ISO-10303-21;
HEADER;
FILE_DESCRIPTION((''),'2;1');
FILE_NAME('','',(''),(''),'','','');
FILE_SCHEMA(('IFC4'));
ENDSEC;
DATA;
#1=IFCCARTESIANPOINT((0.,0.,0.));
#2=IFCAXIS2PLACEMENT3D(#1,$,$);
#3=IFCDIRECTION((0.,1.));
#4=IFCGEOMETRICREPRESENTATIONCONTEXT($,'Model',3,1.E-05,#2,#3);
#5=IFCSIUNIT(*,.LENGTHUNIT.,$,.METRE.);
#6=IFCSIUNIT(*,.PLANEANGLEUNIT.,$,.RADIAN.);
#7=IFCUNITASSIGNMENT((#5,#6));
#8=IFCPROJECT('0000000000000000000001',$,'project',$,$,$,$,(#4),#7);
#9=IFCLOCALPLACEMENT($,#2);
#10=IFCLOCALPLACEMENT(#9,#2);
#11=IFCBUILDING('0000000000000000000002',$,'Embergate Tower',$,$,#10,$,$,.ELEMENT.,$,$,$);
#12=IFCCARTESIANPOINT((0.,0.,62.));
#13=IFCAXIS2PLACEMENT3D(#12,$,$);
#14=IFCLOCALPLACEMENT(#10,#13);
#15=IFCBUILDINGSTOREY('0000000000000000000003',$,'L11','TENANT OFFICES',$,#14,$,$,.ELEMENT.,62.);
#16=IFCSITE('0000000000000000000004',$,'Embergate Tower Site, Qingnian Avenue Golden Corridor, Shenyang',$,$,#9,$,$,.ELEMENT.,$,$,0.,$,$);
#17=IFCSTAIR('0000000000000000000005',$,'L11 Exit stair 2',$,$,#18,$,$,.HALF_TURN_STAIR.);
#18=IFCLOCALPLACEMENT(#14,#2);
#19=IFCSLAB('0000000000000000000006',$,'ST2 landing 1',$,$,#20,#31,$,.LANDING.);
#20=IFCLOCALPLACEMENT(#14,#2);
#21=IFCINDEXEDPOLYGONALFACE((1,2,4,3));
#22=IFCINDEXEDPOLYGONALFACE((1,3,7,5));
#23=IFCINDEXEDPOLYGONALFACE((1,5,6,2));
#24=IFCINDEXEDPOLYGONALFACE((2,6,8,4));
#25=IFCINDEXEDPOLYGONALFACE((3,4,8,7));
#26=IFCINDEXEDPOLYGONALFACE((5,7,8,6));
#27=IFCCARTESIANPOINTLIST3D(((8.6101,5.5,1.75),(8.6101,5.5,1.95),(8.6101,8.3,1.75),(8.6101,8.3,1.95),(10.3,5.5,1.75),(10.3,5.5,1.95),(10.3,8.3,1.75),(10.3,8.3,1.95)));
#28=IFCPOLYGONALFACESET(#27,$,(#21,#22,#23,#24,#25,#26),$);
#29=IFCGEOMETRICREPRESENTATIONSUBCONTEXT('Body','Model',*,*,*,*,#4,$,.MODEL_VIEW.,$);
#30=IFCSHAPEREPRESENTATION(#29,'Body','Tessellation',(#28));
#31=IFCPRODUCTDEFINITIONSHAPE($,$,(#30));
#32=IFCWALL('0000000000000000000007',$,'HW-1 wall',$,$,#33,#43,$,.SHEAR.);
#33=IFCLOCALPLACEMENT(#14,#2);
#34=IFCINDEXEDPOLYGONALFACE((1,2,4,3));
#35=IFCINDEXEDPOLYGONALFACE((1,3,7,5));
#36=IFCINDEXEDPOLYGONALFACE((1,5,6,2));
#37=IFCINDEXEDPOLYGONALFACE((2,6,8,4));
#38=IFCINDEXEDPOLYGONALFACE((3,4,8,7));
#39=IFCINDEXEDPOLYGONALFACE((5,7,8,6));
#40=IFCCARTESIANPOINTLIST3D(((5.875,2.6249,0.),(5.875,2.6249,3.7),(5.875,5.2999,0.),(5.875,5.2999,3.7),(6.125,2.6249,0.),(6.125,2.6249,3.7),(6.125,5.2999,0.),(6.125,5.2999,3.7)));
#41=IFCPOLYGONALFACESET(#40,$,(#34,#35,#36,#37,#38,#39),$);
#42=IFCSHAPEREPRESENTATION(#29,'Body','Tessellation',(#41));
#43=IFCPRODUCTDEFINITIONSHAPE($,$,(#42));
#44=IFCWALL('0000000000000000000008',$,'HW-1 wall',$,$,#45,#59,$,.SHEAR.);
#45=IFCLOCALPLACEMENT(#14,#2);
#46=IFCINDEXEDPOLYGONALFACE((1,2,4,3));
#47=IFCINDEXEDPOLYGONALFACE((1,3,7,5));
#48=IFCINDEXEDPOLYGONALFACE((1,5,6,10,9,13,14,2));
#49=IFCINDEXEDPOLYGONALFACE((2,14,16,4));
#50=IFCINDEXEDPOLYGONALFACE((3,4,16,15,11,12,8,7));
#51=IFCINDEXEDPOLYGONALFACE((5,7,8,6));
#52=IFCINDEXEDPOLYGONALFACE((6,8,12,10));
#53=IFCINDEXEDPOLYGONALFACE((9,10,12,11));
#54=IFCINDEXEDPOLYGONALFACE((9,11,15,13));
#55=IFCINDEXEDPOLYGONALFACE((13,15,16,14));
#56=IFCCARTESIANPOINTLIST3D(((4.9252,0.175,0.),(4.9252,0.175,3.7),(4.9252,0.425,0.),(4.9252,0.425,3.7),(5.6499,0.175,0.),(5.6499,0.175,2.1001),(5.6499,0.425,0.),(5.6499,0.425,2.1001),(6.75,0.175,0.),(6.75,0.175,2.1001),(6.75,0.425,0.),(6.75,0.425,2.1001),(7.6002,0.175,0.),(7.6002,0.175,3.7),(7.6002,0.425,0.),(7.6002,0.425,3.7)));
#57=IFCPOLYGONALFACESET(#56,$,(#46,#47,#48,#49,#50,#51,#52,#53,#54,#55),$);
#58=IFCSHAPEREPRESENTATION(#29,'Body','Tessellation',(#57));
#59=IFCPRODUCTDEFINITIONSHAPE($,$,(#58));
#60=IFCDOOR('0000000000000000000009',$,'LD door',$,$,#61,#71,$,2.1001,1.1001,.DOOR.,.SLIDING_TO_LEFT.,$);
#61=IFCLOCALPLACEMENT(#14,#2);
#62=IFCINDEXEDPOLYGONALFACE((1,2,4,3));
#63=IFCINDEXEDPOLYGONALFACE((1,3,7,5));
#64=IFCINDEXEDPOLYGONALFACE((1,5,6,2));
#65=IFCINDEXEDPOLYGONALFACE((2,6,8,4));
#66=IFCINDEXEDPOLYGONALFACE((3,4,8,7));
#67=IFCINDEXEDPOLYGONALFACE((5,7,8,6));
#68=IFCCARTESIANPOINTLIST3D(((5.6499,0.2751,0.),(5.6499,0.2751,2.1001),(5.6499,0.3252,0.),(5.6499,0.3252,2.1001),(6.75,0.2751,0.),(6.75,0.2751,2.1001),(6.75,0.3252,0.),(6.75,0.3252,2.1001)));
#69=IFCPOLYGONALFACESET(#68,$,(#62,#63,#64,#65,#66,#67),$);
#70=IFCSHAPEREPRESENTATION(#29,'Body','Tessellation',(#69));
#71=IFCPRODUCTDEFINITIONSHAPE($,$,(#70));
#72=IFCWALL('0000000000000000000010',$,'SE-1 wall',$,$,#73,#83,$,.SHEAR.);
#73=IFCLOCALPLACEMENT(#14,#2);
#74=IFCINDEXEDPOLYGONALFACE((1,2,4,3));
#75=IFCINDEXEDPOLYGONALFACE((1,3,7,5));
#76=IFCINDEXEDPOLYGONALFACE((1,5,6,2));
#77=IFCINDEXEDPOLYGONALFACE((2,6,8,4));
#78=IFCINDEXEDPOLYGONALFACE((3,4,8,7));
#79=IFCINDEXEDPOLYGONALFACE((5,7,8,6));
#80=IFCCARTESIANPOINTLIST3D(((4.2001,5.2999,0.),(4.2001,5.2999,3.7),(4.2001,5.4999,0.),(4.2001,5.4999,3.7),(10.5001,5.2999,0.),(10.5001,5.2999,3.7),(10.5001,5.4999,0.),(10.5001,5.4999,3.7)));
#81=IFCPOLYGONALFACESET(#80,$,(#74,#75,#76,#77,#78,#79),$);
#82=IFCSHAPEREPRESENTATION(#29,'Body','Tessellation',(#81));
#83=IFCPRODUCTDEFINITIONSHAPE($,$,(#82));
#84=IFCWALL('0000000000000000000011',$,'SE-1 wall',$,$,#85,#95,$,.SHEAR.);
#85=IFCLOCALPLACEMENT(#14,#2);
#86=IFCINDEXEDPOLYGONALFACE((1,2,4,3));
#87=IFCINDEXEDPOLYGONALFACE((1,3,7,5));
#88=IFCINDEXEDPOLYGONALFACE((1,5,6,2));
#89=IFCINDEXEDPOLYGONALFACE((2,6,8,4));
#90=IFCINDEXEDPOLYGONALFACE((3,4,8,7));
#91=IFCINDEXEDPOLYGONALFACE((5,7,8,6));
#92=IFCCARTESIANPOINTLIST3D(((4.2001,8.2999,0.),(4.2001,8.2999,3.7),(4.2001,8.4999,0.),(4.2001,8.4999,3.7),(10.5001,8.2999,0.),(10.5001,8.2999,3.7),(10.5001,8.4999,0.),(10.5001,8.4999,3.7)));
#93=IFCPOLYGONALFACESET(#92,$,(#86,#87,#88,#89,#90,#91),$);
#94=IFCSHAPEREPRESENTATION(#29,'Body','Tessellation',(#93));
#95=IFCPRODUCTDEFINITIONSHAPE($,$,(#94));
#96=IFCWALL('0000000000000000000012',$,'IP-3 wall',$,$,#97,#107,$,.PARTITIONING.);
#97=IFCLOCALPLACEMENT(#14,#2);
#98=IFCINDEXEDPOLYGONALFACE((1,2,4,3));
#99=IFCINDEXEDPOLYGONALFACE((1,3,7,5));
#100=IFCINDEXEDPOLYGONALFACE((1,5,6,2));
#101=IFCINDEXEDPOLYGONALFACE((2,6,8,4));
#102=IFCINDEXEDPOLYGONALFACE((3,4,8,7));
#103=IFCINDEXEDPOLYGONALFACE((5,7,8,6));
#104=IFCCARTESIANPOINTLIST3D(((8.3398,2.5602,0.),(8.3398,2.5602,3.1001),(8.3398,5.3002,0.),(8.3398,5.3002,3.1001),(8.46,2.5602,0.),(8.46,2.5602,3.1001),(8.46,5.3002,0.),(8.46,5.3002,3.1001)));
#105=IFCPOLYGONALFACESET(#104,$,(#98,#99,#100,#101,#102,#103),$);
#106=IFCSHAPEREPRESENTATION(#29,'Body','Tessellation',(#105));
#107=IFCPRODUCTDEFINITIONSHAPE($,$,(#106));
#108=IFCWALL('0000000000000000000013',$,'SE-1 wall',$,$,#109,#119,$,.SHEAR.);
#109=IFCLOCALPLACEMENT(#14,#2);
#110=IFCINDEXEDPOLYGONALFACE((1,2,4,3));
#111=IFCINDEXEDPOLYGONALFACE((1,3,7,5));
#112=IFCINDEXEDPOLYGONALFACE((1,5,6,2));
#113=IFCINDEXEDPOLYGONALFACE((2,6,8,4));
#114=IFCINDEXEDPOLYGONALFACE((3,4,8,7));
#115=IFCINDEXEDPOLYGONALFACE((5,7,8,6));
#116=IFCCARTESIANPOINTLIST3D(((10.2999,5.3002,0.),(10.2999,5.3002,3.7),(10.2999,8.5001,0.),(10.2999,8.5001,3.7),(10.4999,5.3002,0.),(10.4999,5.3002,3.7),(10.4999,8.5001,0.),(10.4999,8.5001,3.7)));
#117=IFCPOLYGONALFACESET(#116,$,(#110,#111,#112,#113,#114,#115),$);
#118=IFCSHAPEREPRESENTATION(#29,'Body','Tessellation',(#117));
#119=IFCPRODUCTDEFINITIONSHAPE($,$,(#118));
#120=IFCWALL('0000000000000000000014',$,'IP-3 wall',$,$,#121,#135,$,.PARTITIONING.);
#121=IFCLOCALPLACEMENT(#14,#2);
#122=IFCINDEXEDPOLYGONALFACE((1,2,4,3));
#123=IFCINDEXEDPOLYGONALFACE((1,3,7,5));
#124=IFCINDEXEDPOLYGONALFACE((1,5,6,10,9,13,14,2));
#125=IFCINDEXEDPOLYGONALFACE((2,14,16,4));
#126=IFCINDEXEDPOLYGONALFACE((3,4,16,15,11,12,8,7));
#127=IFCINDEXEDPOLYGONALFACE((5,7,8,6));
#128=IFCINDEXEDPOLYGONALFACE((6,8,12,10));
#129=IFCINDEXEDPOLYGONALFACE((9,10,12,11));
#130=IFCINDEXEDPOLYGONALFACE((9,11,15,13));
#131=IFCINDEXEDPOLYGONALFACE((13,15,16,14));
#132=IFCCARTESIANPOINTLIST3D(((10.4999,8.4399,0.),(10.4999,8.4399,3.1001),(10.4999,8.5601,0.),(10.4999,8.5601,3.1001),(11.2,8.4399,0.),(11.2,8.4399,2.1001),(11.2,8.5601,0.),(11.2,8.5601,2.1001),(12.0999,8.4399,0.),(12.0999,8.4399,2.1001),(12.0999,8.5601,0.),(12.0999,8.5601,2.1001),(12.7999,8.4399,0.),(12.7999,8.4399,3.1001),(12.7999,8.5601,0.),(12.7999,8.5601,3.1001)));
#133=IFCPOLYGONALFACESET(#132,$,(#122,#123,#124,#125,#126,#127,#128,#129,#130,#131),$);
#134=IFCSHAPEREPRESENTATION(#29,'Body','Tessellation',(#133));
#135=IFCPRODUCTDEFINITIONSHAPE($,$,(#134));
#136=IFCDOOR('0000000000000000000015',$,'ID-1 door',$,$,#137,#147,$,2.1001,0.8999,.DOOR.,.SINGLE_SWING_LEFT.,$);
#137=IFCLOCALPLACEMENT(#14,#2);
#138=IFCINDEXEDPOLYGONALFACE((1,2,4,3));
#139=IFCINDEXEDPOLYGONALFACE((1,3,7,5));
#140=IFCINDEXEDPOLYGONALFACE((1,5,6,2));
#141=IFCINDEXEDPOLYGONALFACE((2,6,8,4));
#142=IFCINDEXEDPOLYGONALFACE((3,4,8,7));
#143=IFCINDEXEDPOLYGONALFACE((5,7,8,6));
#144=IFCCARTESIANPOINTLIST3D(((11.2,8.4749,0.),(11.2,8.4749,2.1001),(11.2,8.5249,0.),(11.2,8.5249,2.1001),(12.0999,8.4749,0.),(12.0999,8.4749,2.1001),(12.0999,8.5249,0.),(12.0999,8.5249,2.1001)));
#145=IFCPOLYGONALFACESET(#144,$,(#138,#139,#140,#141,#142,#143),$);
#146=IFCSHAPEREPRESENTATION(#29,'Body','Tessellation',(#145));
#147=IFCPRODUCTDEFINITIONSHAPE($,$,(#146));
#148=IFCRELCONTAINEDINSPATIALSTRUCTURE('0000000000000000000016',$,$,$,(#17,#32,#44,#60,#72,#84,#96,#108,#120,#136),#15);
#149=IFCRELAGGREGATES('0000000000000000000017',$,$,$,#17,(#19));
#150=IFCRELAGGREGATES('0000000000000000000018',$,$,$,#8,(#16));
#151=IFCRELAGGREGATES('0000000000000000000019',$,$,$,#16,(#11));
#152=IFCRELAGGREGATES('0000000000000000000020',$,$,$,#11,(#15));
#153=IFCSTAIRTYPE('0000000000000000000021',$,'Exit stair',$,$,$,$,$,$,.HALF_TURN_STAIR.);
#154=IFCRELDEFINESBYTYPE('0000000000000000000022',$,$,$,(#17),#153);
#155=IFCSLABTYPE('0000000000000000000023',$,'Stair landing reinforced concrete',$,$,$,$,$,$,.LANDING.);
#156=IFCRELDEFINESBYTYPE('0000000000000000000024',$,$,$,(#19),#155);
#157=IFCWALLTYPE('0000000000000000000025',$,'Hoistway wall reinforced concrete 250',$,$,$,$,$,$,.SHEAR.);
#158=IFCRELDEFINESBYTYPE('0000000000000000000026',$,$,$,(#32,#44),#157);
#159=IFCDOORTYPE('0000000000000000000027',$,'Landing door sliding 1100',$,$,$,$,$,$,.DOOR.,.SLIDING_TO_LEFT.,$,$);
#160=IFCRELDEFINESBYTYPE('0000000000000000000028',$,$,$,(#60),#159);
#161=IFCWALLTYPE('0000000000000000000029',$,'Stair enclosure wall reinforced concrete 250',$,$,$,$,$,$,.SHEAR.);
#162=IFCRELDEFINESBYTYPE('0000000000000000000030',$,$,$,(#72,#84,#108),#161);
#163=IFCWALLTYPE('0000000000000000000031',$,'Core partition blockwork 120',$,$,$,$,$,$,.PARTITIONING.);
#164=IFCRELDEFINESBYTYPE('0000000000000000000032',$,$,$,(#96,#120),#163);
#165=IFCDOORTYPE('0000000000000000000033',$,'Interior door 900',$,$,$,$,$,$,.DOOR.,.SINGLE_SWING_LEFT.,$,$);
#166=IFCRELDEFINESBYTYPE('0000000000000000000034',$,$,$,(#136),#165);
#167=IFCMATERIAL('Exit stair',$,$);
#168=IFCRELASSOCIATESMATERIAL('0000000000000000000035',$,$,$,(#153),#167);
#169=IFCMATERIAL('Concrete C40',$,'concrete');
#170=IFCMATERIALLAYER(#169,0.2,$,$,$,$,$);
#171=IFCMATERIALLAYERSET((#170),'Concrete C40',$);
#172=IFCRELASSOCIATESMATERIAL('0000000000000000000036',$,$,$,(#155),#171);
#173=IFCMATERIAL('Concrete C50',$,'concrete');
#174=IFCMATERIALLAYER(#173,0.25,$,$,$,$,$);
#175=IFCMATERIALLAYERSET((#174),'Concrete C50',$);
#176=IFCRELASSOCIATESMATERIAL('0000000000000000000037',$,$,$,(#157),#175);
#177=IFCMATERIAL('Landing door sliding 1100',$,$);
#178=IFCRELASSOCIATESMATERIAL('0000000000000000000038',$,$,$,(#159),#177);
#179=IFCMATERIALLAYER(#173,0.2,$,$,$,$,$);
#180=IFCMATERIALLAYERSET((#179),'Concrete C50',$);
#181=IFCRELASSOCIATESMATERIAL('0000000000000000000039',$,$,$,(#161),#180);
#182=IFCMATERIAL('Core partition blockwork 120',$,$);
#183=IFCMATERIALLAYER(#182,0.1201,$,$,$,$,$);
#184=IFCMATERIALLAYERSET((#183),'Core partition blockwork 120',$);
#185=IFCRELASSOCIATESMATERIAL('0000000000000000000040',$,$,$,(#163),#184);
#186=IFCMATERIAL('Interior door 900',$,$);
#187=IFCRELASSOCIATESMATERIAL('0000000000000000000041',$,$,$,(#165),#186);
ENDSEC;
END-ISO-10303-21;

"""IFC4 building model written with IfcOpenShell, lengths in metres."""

from ifc_helpers import new_model, si_unit, direction, frame, frame_2d, origin, place, context, subcontext, project, spatial, polyline, rectangle, outline, extrude, source, transform, mapped, material, layer, layer_set, type_object, element, fill, aggregate, save


model = new_model("IFC4")

# Units and contexts
model_context = context("Model", 3, precision=1e-05, world=origin(), true_north=direction((0.0, 1.0)))
body_context = subcontext(model_context, "Body", "Model", "MODEL_VIEW")
ifc_project = project(units=[si_unit("LENGTHUNIT", "METRE"), si_unit("PLANEANGLEUNIT", "RADIAN")], contexts=[model_context])

# Site, building, storey
site_placement = place(None, origin())
site = spatial("IfcSite", under=ifc_project, at=site_placement, Name="Embergate Tower Site, Qingnian Avenue Golden Corridor, Shenyang", CompositionType="ELEMENT", RefElevation=0.0)
building_placement = place(site_placement, origin())
building = spatial("IfcBuilding", under=site, at=building_placement, Name="Embergate Tower", CompositionType="ELEMENT")
storey_placement = place(building_placement, frame((0.0, 0.0, 62.0)))
storey = spatial("IfcBuildingStorey", under=building, at=storey_placement, Name="L11", Description="TENANT OFFICES", CompositionType="ELEMENT", Elevation=62.0)

# Stair, slab
ifc_material_1 = material(Name="Exit stair")
stair_type = type_object("IfcStairType", Name="Exit stair", PredefinedType="HALF_TURN_STAIR", material=ifc_material_1)
stair_placement = place(storey_placement, origin())
stair = element("IfcStair", 1, at=stair_placement, inside=storey, type_object=stair_type, Name="L11 Exit stair 2", PredefinedType="HALF_TURN_STAIR")
ifc_material_2 = material(Name="Concrete C40", Category="concrete")
ifc_layer_1 = layer(ifc_material_2, 0.2)
ifc_layer_set_1 = layer_set([ifc_layer_1], Name="Concrete C40")
slab_type = type_object("IfcSlabType", Name="Stair landing reinforced concrete", PredefinedType="LANDING", material=ifc_layer_set_1)
shared_shape_1 = source(origin(), body_context, "Body", "SweptSolid", [
    extrude(outline(polyline([(0.0, 0.0), (1.6899, 0.0), (1.6899, 2.8), (0.0, 2.8), (0.0, 0.0)])), origin(), (0.0, 0.0, 1.0), 0.2),
])
slab_placement = place(storey_placement, frame((8.6101, 5.5, 1.75)))
slab = element("IfcSlab", 2, at=slab_placement, type_object=slab_type, Name="ST2 landing 1", PredefinedType="LANDING", context=body_context, shape_type="MappedRepresentation", body=[
    mapped(shared_shape_1, transform((0.0, 0.0, 0.0))),
])

# Wall
ifc_material_3 = material(Name="Concrete C50", Category="concrete")
ifc_layer_2 = layer(ifc_material_3, 0.25)
ifc_layer_set_2 = layer_set([ifc_layer_2], Name="Concrete C50")
wall_type_1 = type_object("IfcWallType", Name="Hoistway wall reinforced concrete 250", PredefinedType="SHEAR", material=ifc_layer_set_2)
shared_shape_2 = source(origin(), body_context, "Body", "SweptSolid", [
    extrude(rectangle(XDim=2.675, YDim=0.25, at=frame_2d((1.3374, 0.0))), origin(), (0.0, 0.0, 1.0), 3.7),
])
wall_1_placement = place(storey_placement, frame((6.0, 2.625, 0.0), z_axis=(0.0, 0.0, 1.0), x_axis=(0.0, 1.0, 0.0)))
element("IfcWall", 3, at=wall_1_placement, inside=storey, type_object=wall_type_1, Name="HW-1 wall", PredefinedType="SHEAR", context=body_context, shape_type="MappedRepresentation", body=[
    mapped(shared_shape_2, transform((0.0, 0.0, 0.0))),
])

# Wall, opening, door
wall_2_placement = place(storey_placement, frame((7.6001, 0.3, 0.0), z_axis=(0.0, 0.0, 1.0), x_axis=(-1.0, 0.0, 0.0)))
wall_2 = element("IfcWall", 4, at=wall_2_placement, inside=storey, type_object=wall_type_1, Name="HW-1 wall", PredefinedType="SHEAR", context=body_context, shape_type="MappedRepresentation", body=[
    mapped(shared_shape_2, transform((0.0, 0.0, 0.0))),
])
shared_shape_3 = source(origin(), body_context, "Body", "SweptSolid", [
    extrude(rectangle(XDim=1.1001, YDim=2.1001, at=frame_2d((0.55, 1.05))), frame((0.0, 0.135, 0.0), z_axis=(0.0, -1.0, 0.0), x_axis=(1.0, 0.0, 0.0)), (0.0, 0.0, 1.0), 0.27),
])
opening_1_placement = place(wall_2_placement, frame((0.8501, 0.0, 0.0)))
opening_1 = element("IfcOpeningElement", 5, at=opening_1_placement, cuts=wall_2, PredefinedType="OPENING", context=body_context, shape_type="MappedRepresentation", body=[
    mapped(shared_shape_3, transform((0.0, 0.0, 0.0))),
])
ifc_material_4 = material(Name="Landing door sliding 1100")
door_type_1 = type_object("IfcDoorType", Name="Landing door sliding 1100", OperationType="SLIDING_TO_LEFT", PredefinedType="DOOR", material=ifc_material_4)
shared_shape_4 = source(origin(), body_context, "Body", "SweptSolid", [
    extrude(rectangle(XDim=1.1001, YDim=2.1001, at=frame_2d((0.55, 1.05))), frame((0.0, 0.0249, 0.0), z_axis=(0.0, -1.0, 0.0), x_axis=(1.0, 0.0, 0.0)), (0.0, 0.0, 1.0), 0.05),
])
door_1_placement = place(opening_1_placement, origin())
door_1 = element("IfcDoor", 6, at=door_1_placement, inside=storey, type_object=door_type_1, Name="LD door", OperationType="SLIDING_TO_LEFT", OverallHeight=2.1001, OverallWidth=1.1001, PredefinedType="DOOR", context=body_context, shape_type="MappedRepresentation", body=[
    mapped(shared_shape_4, transform((0.0, 0.0, 0.0))),
])
fill(opening_1, door_1)

# Walls
ifc_layer_3 = layer(ifc_material_3, 0.2)
ifc_layer_set_3 = layer_set([ifc_layer_3], Name="Concrete C50")
wall_type_2 = type_object("IfcWallType", Name="Stair enclosure wall reinforced concrete 250", PredefinedType="SHEAR", material=ifc_layer_set_3)
shared_shape_5 = source(origin(), body_context, "Body", "SweptSolid", [
    extrude(rectangle(XDim=6.3, YDim=0.2, at=frame_2d((3.1499, 0.0))), origin(), (0.0, 0.0, 1.0), 3.7),
])
for number, where, z_axis, x_axis, name in (
    (7, (10.5, 5.3999, 0.0), (0.0, 0.0, 1.0), (-1.0, 0.0, 0.0), "SE-1 wall"),
    (8, (10.5, 8.3999, 0.0), (0.0, 0.0, 1.0), (-1.0, 0.0, 0.0), "SE-1 wall"),
):
    element("IfcWall", number, at=place(storey_placement, frame(where, z_axis=z_axis, x_axis=x_axis)), inside=storey, type_object=wall_type_2, Name=name, PredefinedType="SHEAR", context=body_context, shape_type="MappedRepresentation", body=[
        mapped(shared_shape_5, transform((0.0, 0.0, 0.0))),
    ])
ifc_material_5 = material(Name="Core partition blockwork 120")
ifc_layer_4 = layer(ifc_material_5, 0.1201)
ifc_layer_set_4 = layer_set([ifc_layer_4], Name="Core partition blockwork 120")
wall_type_3 = type_object("IfcWallType", Name="Core partition blockwork 120", PredefinedType="PARTITIONING", material=ifc_layer_set_4)
shared_shape_6 = source(origin(), body_context, "Body", "SweptSolid", [
    extrude(rectangle(XDim=2.74, YDim=0.1201, at=frame_2d((1.3701, 0.0))), origin(), (0.0, 0.0, 1.0), 3.1001),
])
wall_3_placement = place(storey_placement, frame((8.3999, 2.5601, 0.0), z_axis=(0.0, 0.0, 1.0), x_axis=(0.0, 1.0, 0.0)))
element("IfcWall", 9, at=wall_3_placement, inside=storey, type_object=wall_type_3, Name="IP-3 wall", PredefinedType="PARTITIONING", context=body_context, shape_type="MappedRepresentation", body=[
    mapped(shared_shape_6, transform((0.0, 0.0, 0.0))),
])
shared_shape_7 = source(origin(), body_context, "Body", "SweptSolid", [
    extrude(rectangle(XDim=3.2, YDim=0.2, at=frame_2d((1.6001, 0.0))), origin(), (0.0, 0.0, 1.0), 3.7),
])
wall_4_placement = place(storey_placement, frame((10.3999, 5.3, 0.0), z_axis=(0.0, 0.0, 1.0), x_axis=(0.0, 1.0, 0.0)))
element("IfcWall", 10, at=wall_4_placement, inside=storey, type_object=wall_type_2, Name="SE-1 wall", PredefinedType="SHEAR", context=body_context, shape_type="MappedRepresentation", body=[
    mapped(shared_shape_7, transform((0.0, 0.0, 0.0))),
])

# Wall, opening, door
shared_shape_8 = source(origin(), body_context, "Body", "SweptSolid", [
    extrude(rectangle(XDim=2.3, YDim=0.1201, at=frame_2d((1.1499, 0.0))), origin(), (0.0, 0.0, 1.0), 3.1001),
])
wall_5_placement = place(storey_placement, frame((10.5, 8.5, 0.0), z_axis=(0.0, 0.0, 1.0), x_axis=(1.0, 0.0, 0.0)))
wall_5 = element("IfcWall", 11, at=wall_5_placement, inside=storey, type_object=wall_type_3, Name="IP-3 wall", PredefinedType="PARTITIONING", context=body_context, shape_type="MappedRepresentation", body=[
    mapped(shared_shape_8, transform((0.0, 0.0, 0.0))),
])
shared_shape_9 = source(origin(), body_context, "Body", "SweptSolid", [
    extrude(rectangle(XDim=0.8999, YDim=2.1001, at=frame_2d((0.45, 1.05))), frame((0.0, 0.0701, 0.0), z_axis=(0.0, -1.0, 0.0), x_axis=(1.0, 0.0, 0.0)), (0.0, 0.0, 1.0), 0.1401),
])
opening_2_placement = place(wall_5_placement, frame((0.7, 0.0, 0.0)))
opening_2 = element("IfcOpeningElement", 12, at=opening_2_placement, cuts=wall_5, PredefinedType="OPENING", context=body_context, shape_type="MappedRepresentation", body=[
    mapped(shared_shape_9, transform((0.0, 0.0, 0.0))),
])
ifc_material_6 = material(Name="Interior door 900")
door_type_2 = type_object("IfcDoorType", Name="Interior door 900", OperationType="SINGLE_SWING_LEFT", PredefinedType="DOOR", material=ifc_material_6)
shared_shape_10 = source(origin(), body_context, "Body", "SweptSolid", [
    extrude(rectangle(XDim=0.8999, YDim=2.1001, at=frame_2d((0.45, 1.05))), frame((0.0, 0.0249, 0.0), z_axis=(0.0, -1.0, 0.0), x_axis=(1.0, 0.0, 0.0)), (0.0, 0.0, 1.0), 0.05),
])
door_2_placement = place(opening_2_placement, origin())
door_2 = element("IfcDoor", 13, at=door_2_placement, inside=storey, type_object=door_type_2, Name="ID-1 door", OperationType="SINGLE_SWING_LEFT", OverallHeight=2.1001, OverallWidth=0.8999, PredefinedType="DOOR", context=body_context, shape_type="MappedRepresentation", body=[
    mapped(shared_shape_10, transform((0.0, 0.0, 0.0))),
])
fill(opening_2, door_2)

aggregate(stair, [slab])

save(model, "model.ifc")
